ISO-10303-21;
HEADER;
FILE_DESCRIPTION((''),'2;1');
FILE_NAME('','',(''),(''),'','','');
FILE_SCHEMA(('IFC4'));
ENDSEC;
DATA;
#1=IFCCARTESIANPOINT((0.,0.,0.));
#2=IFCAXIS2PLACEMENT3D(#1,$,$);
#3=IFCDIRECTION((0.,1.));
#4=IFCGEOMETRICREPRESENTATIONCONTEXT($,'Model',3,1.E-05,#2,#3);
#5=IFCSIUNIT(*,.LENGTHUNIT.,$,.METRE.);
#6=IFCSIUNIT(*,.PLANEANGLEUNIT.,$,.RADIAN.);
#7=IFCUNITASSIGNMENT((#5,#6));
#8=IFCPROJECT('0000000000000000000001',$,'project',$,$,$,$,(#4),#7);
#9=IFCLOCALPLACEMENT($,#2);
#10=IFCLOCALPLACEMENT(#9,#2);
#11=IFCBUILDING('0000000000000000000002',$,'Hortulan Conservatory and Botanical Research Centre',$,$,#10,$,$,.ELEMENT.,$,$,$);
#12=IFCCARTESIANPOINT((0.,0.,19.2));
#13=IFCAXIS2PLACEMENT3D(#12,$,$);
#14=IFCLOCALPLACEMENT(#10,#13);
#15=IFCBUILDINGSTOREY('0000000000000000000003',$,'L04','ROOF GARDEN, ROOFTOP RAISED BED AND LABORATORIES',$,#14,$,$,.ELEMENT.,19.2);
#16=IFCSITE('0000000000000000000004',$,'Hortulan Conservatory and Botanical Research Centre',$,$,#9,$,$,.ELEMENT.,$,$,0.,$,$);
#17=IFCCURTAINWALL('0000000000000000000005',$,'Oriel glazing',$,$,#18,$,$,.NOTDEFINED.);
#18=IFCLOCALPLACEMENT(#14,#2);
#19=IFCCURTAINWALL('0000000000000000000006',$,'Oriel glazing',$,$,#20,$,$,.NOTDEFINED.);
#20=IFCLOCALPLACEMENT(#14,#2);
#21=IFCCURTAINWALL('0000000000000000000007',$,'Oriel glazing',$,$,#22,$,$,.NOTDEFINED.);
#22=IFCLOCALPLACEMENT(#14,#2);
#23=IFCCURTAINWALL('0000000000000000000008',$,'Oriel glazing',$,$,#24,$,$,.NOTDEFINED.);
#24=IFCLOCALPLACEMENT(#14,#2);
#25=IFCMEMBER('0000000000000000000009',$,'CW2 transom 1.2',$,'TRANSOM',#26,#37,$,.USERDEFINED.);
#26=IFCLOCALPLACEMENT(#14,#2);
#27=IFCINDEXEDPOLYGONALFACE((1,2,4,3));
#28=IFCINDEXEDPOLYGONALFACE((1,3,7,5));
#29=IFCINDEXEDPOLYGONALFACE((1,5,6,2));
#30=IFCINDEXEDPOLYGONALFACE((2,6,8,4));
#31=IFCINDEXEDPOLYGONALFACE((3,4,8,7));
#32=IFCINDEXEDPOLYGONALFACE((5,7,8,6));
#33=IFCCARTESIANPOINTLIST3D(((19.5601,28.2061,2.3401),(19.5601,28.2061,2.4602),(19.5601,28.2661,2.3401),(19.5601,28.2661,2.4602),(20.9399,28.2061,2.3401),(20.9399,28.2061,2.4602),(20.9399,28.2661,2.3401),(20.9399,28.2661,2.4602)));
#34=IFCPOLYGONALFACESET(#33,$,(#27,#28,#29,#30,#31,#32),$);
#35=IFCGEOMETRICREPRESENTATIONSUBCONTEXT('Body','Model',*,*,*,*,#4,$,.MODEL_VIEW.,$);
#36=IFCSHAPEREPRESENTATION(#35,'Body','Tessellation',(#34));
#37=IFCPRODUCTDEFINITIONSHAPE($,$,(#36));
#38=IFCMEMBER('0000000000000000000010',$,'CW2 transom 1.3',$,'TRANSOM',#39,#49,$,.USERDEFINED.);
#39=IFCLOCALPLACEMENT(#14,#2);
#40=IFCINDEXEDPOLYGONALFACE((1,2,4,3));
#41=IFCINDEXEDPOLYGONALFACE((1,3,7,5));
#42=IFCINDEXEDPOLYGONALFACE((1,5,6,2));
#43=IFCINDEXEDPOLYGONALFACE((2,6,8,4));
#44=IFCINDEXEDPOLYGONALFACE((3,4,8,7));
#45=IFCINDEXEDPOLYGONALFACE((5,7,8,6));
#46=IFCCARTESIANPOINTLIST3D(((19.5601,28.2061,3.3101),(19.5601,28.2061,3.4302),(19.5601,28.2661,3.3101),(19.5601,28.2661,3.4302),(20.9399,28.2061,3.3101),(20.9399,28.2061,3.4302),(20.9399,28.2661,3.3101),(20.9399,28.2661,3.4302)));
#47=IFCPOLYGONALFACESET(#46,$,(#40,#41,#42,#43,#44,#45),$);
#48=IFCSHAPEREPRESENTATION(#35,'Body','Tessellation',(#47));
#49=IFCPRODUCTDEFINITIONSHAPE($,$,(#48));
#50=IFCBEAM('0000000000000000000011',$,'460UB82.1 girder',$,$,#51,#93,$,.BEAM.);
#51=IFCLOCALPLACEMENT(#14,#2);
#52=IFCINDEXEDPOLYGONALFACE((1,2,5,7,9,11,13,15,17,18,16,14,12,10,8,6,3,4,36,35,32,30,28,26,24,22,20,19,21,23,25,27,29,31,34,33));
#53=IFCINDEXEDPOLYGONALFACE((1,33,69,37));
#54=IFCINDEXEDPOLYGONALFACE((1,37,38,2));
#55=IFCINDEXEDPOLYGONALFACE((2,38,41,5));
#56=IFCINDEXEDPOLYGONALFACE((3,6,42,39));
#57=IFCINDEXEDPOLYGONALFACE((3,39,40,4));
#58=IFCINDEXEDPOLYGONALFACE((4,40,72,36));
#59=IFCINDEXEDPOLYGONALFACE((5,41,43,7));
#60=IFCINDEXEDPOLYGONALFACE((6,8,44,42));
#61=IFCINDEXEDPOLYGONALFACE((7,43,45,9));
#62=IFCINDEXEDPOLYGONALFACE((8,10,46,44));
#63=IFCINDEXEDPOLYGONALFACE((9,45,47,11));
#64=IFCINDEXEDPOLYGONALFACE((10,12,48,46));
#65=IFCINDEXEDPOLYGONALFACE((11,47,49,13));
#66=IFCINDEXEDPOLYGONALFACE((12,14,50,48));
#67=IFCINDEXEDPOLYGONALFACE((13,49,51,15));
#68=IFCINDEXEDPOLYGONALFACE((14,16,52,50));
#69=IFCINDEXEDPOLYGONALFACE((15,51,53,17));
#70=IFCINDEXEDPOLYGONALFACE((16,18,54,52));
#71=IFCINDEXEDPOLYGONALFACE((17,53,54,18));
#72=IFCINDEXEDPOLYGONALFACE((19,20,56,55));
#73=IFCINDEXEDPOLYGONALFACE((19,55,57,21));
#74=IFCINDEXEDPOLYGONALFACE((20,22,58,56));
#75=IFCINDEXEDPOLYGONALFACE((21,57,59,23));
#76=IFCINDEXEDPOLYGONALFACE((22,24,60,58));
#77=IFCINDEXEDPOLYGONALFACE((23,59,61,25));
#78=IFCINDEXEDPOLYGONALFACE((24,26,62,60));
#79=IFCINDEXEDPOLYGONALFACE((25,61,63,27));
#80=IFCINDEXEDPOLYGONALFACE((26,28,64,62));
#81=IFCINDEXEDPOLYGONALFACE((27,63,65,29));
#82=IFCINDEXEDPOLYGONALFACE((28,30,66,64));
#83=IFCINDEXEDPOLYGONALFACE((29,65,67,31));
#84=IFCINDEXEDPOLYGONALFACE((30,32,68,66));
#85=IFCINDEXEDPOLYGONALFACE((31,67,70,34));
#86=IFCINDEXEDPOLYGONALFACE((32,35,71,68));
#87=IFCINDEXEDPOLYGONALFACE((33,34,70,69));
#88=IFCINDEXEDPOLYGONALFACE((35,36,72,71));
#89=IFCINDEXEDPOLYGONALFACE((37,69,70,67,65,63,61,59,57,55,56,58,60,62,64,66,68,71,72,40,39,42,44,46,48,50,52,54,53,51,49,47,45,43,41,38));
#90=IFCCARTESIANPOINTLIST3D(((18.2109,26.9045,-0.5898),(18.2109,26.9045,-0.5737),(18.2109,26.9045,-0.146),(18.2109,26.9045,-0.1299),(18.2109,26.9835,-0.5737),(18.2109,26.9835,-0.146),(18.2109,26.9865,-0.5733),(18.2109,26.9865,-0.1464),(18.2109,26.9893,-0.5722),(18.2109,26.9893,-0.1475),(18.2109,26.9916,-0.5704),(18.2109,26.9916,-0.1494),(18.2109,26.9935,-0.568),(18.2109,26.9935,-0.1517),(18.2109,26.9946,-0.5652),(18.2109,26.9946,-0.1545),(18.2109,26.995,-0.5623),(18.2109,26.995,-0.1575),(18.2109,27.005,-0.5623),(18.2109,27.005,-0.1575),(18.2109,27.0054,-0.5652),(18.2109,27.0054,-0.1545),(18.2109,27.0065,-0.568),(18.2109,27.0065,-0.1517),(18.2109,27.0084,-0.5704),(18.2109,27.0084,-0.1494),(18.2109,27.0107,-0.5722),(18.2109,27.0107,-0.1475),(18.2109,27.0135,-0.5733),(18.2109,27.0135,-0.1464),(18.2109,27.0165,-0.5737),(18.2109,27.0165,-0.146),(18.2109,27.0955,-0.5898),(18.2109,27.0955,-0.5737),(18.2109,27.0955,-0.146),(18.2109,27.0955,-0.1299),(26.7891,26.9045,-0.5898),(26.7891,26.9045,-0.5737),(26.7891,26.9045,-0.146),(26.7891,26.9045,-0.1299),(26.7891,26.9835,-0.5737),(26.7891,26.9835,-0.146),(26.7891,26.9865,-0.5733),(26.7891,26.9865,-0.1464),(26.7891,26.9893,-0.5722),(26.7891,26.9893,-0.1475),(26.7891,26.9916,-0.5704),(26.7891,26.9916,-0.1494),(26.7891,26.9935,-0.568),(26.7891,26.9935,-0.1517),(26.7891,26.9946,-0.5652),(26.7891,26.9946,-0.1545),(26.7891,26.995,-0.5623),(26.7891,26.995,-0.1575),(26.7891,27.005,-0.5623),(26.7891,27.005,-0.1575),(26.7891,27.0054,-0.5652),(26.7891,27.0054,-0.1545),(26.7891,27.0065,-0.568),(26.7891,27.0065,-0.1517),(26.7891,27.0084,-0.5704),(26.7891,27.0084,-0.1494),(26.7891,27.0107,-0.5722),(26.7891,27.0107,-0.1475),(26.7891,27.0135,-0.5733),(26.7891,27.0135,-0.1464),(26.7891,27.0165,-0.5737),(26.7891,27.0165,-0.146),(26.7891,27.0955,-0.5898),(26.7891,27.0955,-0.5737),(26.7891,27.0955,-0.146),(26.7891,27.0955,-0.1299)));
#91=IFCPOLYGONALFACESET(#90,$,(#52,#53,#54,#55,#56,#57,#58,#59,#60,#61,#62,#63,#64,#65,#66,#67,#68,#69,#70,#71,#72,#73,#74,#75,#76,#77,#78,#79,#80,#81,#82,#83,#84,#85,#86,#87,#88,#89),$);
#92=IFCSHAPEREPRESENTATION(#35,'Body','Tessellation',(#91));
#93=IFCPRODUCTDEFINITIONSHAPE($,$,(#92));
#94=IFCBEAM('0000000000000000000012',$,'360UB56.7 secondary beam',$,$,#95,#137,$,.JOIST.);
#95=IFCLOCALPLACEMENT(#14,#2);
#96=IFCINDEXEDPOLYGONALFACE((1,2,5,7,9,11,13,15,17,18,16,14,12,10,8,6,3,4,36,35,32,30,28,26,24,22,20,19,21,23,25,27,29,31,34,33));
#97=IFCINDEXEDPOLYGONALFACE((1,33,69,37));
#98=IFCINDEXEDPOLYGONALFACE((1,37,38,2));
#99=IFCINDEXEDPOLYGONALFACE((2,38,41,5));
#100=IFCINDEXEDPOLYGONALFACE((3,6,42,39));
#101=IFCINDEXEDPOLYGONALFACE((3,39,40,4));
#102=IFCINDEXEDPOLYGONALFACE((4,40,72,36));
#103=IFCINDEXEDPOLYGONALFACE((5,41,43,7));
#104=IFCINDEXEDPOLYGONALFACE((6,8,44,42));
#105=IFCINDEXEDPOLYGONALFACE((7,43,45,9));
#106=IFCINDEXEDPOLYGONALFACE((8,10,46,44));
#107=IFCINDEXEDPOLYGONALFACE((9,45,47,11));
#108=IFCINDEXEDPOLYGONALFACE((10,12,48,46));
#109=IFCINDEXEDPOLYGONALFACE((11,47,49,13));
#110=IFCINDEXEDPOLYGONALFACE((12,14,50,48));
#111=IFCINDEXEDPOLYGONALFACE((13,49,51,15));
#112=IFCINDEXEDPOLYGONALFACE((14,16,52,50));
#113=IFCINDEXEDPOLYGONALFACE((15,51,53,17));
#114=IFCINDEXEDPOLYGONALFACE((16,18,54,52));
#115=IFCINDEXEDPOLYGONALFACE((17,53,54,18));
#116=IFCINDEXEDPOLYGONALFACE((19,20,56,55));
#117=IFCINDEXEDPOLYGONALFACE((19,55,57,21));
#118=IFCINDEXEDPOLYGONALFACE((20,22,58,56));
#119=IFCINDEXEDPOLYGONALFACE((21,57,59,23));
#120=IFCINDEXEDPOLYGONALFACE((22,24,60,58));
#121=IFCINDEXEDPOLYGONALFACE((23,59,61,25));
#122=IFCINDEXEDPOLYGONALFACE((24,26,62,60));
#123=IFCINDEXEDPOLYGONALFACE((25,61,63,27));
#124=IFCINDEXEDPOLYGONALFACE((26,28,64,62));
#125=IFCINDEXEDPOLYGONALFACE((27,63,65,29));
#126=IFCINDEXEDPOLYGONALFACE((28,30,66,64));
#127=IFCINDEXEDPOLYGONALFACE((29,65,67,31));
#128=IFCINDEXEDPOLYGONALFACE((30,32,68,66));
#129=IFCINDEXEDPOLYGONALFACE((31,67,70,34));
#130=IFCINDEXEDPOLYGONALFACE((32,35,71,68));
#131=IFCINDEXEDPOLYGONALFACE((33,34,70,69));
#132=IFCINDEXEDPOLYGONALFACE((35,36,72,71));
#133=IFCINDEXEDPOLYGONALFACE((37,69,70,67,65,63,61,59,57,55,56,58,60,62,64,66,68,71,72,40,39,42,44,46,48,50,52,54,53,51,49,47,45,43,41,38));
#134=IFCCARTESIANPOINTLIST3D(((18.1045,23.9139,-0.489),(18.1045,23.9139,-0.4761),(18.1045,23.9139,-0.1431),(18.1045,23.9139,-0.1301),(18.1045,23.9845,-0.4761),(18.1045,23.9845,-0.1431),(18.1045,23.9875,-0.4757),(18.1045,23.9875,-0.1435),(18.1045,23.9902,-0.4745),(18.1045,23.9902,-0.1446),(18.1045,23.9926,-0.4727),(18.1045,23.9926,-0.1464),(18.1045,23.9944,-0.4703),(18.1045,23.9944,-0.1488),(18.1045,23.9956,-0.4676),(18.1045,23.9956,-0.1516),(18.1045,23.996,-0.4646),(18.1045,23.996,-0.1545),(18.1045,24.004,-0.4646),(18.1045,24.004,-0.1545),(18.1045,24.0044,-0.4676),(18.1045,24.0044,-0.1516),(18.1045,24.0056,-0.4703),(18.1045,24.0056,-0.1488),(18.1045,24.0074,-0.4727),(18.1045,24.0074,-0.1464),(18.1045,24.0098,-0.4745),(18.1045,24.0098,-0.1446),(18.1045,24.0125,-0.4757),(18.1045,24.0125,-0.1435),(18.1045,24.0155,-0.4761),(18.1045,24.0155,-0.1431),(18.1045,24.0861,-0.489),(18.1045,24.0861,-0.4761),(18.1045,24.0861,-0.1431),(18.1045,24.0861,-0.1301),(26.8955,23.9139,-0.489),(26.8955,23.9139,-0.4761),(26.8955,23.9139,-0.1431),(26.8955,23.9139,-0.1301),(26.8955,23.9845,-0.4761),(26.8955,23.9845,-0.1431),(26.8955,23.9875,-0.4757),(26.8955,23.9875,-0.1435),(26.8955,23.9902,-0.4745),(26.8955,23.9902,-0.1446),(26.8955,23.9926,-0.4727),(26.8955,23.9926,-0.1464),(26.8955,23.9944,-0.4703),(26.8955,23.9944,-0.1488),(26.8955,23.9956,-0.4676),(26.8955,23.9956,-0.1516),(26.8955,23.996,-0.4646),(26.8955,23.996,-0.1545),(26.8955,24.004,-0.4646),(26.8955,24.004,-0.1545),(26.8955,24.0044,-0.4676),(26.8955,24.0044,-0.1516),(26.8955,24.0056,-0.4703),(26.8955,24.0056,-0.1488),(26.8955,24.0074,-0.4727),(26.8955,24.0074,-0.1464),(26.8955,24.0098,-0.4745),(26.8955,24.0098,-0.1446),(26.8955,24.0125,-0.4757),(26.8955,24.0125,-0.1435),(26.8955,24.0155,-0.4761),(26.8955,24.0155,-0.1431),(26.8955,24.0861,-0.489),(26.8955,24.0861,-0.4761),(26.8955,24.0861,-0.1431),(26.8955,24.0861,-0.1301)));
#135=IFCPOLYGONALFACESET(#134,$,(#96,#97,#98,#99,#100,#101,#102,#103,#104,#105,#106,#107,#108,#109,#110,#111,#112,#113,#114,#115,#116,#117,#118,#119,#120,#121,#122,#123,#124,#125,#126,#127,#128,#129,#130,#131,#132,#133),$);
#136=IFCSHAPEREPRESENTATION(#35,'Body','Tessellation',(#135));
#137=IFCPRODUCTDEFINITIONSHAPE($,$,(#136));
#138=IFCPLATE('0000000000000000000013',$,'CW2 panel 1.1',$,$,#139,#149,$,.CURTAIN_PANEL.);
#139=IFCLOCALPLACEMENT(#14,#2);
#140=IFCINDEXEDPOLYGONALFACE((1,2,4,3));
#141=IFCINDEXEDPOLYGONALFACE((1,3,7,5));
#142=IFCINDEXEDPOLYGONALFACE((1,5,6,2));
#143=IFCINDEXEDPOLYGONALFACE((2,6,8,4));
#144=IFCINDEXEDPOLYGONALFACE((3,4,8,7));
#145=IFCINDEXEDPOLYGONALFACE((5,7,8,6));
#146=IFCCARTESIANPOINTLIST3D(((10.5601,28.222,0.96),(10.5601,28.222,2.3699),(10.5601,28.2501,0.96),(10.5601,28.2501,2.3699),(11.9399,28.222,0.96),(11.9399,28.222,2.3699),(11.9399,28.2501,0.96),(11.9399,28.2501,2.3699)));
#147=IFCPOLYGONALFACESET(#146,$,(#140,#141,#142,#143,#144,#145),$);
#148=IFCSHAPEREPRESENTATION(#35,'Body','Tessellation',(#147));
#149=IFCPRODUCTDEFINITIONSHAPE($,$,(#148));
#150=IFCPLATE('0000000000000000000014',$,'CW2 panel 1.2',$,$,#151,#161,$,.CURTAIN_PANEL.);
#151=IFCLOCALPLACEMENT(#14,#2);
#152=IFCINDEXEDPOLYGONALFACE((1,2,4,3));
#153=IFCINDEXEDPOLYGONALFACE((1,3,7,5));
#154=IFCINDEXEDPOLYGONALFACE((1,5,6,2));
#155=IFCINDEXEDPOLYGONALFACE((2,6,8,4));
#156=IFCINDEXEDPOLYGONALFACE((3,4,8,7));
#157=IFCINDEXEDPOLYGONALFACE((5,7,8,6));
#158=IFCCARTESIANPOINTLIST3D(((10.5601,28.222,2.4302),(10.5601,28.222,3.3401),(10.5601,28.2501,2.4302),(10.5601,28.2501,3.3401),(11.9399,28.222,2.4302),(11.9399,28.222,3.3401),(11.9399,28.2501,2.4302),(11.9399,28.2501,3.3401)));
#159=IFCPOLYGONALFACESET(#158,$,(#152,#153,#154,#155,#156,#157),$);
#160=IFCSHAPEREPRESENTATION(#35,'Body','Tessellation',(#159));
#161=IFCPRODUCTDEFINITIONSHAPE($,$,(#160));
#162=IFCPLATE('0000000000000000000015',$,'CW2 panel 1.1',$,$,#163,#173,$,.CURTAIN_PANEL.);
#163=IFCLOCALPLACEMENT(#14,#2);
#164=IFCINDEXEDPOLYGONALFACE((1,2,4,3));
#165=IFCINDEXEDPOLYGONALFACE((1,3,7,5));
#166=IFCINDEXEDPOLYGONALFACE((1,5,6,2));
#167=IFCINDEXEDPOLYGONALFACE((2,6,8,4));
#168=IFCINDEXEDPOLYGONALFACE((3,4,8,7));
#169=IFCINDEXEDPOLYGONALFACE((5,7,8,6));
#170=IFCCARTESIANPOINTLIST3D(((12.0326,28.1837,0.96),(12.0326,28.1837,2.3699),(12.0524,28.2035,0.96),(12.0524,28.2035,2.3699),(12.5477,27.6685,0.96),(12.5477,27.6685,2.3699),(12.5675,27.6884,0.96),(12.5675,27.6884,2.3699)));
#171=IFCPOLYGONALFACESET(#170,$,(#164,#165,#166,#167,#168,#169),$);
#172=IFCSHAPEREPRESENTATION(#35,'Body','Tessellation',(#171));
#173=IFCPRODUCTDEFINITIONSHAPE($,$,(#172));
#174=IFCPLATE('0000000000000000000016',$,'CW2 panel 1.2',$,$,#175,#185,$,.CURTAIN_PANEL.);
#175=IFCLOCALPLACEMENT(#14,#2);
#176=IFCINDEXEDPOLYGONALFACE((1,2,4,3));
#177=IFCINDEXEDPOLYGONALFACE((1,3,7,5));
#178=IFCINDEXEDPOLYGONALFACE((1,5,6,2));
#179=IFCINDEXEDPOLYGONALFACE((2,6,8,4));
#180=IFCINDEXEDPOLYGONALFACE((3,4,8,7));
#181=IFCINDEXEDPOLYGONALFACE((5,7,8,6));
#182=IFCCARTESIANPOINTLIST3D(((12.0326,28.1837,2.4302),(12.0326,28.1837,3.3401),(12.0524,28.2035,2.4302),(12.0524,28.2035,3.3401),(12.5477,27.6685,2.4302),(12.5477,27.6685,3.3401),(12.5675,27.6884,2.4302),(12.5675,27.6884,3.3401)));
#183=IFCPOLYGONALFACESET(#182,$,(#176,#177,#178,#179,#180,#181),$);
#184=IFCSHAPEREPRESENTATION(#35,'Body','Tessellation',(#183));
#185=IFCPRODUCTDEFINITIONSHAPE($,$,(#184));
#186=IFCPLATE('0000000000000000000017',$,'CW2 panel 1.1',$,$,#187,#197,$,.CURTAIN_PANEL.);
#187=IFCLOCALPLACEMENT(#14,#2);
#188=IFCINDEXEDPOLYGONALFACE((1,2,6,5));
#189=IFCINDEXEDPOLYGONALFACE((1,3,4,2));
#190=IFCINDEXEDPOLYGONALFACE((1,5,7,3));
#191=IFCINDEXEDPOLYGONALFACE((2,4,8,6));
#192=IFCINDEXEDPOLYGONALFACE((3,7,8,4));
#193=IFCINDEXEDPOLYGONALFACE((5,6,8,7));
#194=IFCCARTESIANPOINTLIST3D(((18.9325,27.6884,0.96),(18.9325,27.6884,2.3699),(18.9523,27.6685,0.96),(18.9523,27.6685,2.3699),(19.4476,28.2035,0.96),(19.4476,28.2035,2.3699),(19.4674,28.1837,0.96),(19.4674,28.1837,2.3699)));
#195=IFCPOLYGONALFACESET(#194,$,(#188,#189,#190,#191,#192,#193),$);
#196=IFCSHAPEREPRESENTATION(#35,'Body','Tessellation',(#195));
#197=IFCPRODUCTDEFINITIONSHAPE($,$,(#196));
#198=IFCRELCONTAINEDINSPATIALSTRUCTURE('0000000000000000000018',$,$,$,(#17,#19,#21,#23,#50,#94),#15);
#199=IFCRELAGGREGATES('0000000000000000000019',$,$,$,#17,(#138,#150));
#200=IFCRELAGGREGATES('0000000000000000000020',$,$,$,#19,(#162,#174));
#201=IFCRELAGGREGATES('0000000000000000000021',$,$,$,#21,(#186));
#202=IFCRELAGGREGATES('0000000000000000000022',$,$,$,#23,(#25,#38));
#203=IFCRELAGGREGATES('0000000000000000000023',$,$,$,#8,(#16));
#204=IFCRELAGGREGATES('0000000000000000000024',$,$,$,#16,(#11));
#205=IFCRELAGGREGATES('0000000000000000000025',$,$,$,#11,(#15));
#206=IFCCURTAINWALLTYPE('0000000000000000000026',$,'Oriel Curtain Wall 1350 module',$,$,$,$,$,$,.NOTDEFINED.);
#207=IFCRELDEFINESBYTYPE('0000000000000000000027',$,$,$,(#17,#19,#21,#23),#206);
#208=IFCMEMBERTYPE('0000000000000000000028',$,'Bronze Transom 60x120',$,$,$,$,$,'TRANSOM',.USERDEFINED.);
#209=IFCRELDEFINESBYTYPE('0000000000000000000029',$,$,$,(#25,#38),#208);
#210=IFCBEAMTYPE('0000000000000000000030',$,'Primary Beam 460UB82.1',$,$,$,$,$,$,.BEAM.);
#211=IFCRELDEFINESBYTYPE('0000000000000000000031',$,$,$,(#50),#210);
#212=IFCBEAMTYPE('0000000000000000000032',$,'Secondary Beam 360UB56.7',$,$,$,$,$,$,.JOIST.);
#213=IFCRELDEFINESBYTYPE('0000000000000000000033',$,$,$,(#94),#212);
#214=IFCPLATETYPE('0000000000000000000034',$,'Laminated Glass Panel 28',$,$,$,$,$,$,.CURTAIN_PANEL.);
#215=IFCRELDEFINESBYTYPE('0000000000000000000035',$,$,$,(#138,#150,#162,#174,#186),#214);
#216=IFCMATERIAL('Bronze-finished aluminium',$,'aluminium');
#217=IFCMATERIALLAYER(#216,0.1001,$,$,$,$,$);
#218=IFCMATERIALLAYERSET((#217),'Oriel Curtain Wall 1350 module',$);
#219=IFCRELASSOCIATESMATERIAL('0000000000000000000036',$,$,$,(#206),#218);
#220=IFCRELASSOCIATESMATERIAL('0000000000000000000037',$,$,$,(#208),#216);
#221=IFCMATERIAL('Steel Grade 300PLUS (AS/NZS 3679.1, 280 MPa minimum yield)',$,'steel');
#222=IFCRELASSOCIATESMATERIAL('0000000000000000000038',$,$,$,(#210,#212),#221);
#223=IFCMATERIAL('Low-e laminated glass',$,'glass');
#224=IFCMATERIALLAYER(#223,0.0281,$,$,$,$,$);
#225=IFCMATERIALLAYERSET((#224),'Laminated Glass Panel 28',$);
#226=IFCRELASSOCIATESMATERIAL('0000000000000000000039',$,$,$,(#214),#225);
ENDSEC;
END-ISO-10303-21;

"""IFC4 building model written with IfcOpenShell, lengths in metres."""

from ifc_helpers import new_model, si_unit, direction, frame, origin, origin_2d, place, context, subcontext, project, spatial, rectangle, i_section, extrude, material, layer, layer_set, material_profile, profile_set, type_object, element, aggregate, save


model = new_model("IFC4")

# Units and contexts
model_context = context("Model", 3, precision=1e-05, world=origin(), true_north=direction((0.0, 1.0)))
body_context = subcontext(model_context, "Body", "Model", "MODEL_VIEW")
ifc_project = project(units=[si_unit("LENGTHUNIT", "METRE"), si_unit("PLANEANGLEUNIT", "RADIAN")], contexts=[model_context])

# Site, building, storey
site_placement = place(None, origin())
site = spatial("IfcSite", under=ifc_project, at=site_placement, Name="Hortulan Conservatory and Botanical Research Centre", CompositionType="ELEMENT", RefElevation=0.0)
building_placement = place(site_placement, origin())
building = spatial("IfcBuilding", under=site, at=building_placement, Name="Hortulan Conservatory and Botanical Research Centre", CompositionType="ELEMENT")
storey_placement = place(building_placement, frame((0.0, 0.0, 19.2)))
storey = spatial("IfcBuildingStorey", under=building, at=storey_placement, Name="L04", Description="ROOF GARDEN, ROOFTOP RAISED BED AND LABORATORIES", CompositionType="ELEMENT", Elevation=19.2)

# Curtain wall
ifc_material_1 = material(Name="Bronze-finished aluminium", Category="aluminium")
ifc_layer_1 = layer(ifc_material_1, 0.1001)
ifc_layer_set_1 = layer_set([ifc_layer_1], Name="Oriel Curtain Wall 1350 module")
curtain_wall_type = type_object("IfcCurtainWallType", Name="Oriel Curtain Wall 1350 module", PredefinedType="NOTDEFINED", material=ifc_layer_set_1)
curtain_wall_1_placement = place(storey_placement, origin())
curtain_wall_1 = element("IfcCurtainWall", 1, at=curtain_wall_1_placement, inside=storey, type_object=curtain_wall_type, Name="Oriel glazing", PredefinedType="NOTDEFINED")

# Curtain walls
curtain_wall_2_placement = place(storey_placement, origin())
curtain_wall_2 = element("IfcCurtainWall", 2, at=curtain_wall_2_placement, inside=storey, type_object=curtain_wall_type, Name="Oriel glazing", PredefinedType="NOTDEFINED")
curtain_wall_3_placement = place(storey_placement, origin())
curtain_wall_3 = element("IfcCurtainWall", 3, at=curtain_wall_3_placement, inside=storey, type_object=curtain_wall_type, Name="Oriel glazing", PredefinedType="NOTDEFINED")

# Curtain wall
curtain_wall_4_placement = place(storey_placement, origin())
curtain_wall_4 = element("IfcCurtainWall", 4, at=curtain_wall_4_placement, inside=storey, type_object=curtain_wall_type, Name="Oriel glazing", PredefinedType="NOTDEFINED")

# Members
ifc_material_profile_1 = material_profile(ifc_material_1, rectangle(XDim=0.0601, YDim=0.1201, at=origin_2d()), Name="Bronze Transom 60x120")
ifc_profile_set_1 = profile_set([ifc_material_profile_1], Name="Bronze-finished aluminium")
member_type_1 = type_object("IfcMemberType", Name="Bronze Transom 60x120", ElementType="TRANSOM", PredefinedType="USERDEFINED", material=ifc_profile_set_1)
member_1_placement = place(storey_placement, frame((19.5601, 28.2361, 2.4001), z_axis=(1.0, 0.0, 0.0), x_axis=(0.0, 1.0, 0.0)))
member_1 = element("IfcMember", 5, at=member_1_placement, type_object=member_type_1, Name="CW2 transom 1.2", ObjectType="TRANSOM", PredefinedType="USERDEFINED", context=body_context, shape_type="SweptSolid", body=[
    extrude(rectangle(XDim=0.0601, YDim=0.1201, at=origin_2d()), origin(), (0.0, 0.0, 1.0), 1.3799),
])
member_2_placement = place(storey_placement, frame((19.5601, 28.2361, 3.3701), z_axis=(1.0, 0.0, 0.0), x_axis=(0.0, 1.0, 0.0)))
member_2 = element("IfcMember", 6, at=member_2_placement, type_object=member_type_1, Name="CW2 transom 1.3", ObjectType="TRANSOM", PredefinedType="USERDEFINED", context=body_context, shape_type="SweptSolid", body=[
    extrude(rectangle(XDim=0.0601, YDim=0.1201, at=origin_2d()), origin(), (0.0, 0.0, 1.0), 1.3799),
])

# Beams
ifc_material_2 = material(Name="Steel Grade 300PLUS (AS/NZS 3679.1, 280 MPa minimum yield)", Category="steel")
ifc_material_profile_2 = material_profile(ifc_material_2, i_section(OverallWidth=0.1909, OverallDepth=0.46, WebThickness=0.01, FlangeThickness=0.0161, FilletRadius=0.0115, at=origin_2d()), Name="460UB82.1")
ifc_profile_set_2 = profile_set([ifc_material_profile_2], Name="Steel Grade 300PLUS (AS/NZS 3679.1, 280 MPa minimum yield)")
beam_type_1 = type_object("IfcBeamType", Name="Primary Beam 460UB82.1", PredefinedType="BEAM", material=ifc_profile_set_2)
beam_1_placement = place(storey_placement, frame((18.2109, 27.0, -0.3599), z_axis=(1.0, 0.0, 0.0), x_axis=(0.0, 1.0, 0.0)))
element("IfcBeam", 7, at=beam_1_placement, inside=storey, type_object=beam_type_1, Name="460UB82.1 girder", PredefinedType="BEAM", context=body_context, shape_type="SweptSolid", body=[
    extrude(i_section(OverallWidth=0.1909, OverallDepth=0.46, WebThickness=0.01, FlangeThickness=0.0161, FilletRadius=0.0115, at=origin_2d()), origin(), (0.0, 0.0, 1.0), 8.5781),
])
ifc_material_profile_3 = material_profile(ifc_material_2, i_section(OverallWidth=0.1721, OverallDepth=0.3589, WebThickness=0.0081, FlangeThickness=0.0129, FilletRadius=0.0115, at=origin_2d()), Name="360UB56.7")
ifc_profile_set_3 = profile_set([ifc_material_profile_3], Name="Steel Grade 300PLUS (AS/NZS 3679.1, 280 MPa minimum yield)")
beam_type_2 = type_object("IfcBeamType", Name="Secondary Beam 360UB56.7", PredefinedType="JOIST", material=ifc_profile_set_3)
beam_2_placement = place(storey_placement, frame((18.1045, 24.0, -0.3096), z_axis=(1.0, 0.0, 0.0), x_axis=(0.0, 1.0, 0.0)))
element("IfcBeam", 8, at=beam_2_placement, inside=storey, type_object=beam_type_2, Name="360UB56.7 secondary beam", PredefinedType="JOIST", context=body_context, shape_type="SweptSolid", body=[
    extrude(i_section(OverallWidth=0.1721, OverallDepth=0.3589, WebThickness=0.0081, FlangeThickness=0.0129, FilletRadius=0.0115, at=origin_2d()), origin(), (0.0, 0.0, 1.0), 8.791),
])

# Plates
ifc_material_3 = material(Name="Low-e laminated glass", Category="glass")
ifc_layer_2 = layer(ifc_material_3, 0.0281)
ifc_layer_set_2 = layer_set([ifc_layer_2], Name="Laminated Glass Panel 28")
plate_type = type_object("IfcPlateType", Name="Laminated Glass Panel 28", PredefinedType="CURTAIN_PANEL", material=ifc_layer_set_2)
plate_1_placement = place(storey_placement, frame((11.25, 28.2361, 0.96), z_axis=(0.0, 0.0, 1.0), x_axis=(1.0, 0.0, 0.0)))
plate_1 = element("IfcPlate", 9, at=plate_1_placement, type_object=plate_type, Name="CW2 panel 1.1", PredefinedType="CURTAIN_PANEL", context=body_context, shape_type="SweptSolid", body=[
    extrude(rectangle(XDim=1.3799, YDim=0.0281, at=origin_2d()), origin(), (0.0, 0.0, 1.0), 1.4099),
])
plate_2_placement = place(storey_placement, frame((11.25, 28.2361, 2.4302), z_axis=(0.0, 0.0, 1.0), x_axis=(1.0, 0.0, 0.0)))
plate_2 = element("IfcPlate", 10, at=plate_2_placement, type_object=plate_type, Name="CW2 panel 1.2", PredefinedType="CURTAIN_PANEL", context=body_context, shape_type="SweptSolid", body=[
    extrude(rectangle(XDim=1.3799, YDim=0.0281, at=origin_2d()), origin(), (0.0, 0.0, 1.0), 0.9099),
])
aggregate(curtain_wall_1, [plate_1, plate_2])
plate_3_placement = place(storey_placement, frame((12.3, 27.936, 0.96), z_axis=(0.0, 0.0, 1.0), x_axis=(0.707107, -0.707107, 0.0)))
plate_3 = element("IfcPlate", 11, at=plate_3_placement, type_object=plate_type, Name="CW2 panel 1.1", PredefinedType="CURTAIN_PANEL", context=body_context, shape_type="SweptSolid", body=[
    extrude(rectangle(XDim=0.7285, YDim=0.0281, at=origin_2d()), origin(), (0.0, 0.0, 1.0), 1.4099),
])
plate_4_placement = place(storey_placement, frame((12.3, 27.936, 2.4302), z_axis=(0.0, 0.0, 1.0), x_axis=(0.707107, -0.707107, 0.0)))
plate_4 = element("IfcPlate", 12, at=plate_4_placement, type_object=plate_type, Name="CW2 panel 1.2", PredefinedType="CURTAIN_PANEL", context=body_context, shape_type="SweptSolid", body=[
    extrude(rectangle(XDim=0.7285, YDim=0.0281, at=origin_2d()), origin(), (0.0, 0.0, 1.0), 0.9099),
])
aggregate(curtain_wall_2, [plate_3, plate_4])
plate_5_placement = place(storey_placement, frame((19.2, 27.936, 0.96), z_axis=(0.0, 0.0, 1.0), x_axis=(0.707107, 0.707107, 0.0)))
plate_5 = element("IfcPlate", 13, at=plate_5_placement, type_object=plate_type, Name="CW2 panel 1.1", PredefinedType="CURTAIN_PANEL", context=body_context, shape_type="SweptSolid", body=[
    extrude(rectangle(XDim=0.7285, YDim=0.0281, at=origin_2d()), origin(), (0.0, 0.0, 1.0), 1.4099),
])
aggregate(curtain_wall_3, [plate_5])
aggregate(curtain_wall_4, [member_1, member_2])

save(model, "model.ifc")
